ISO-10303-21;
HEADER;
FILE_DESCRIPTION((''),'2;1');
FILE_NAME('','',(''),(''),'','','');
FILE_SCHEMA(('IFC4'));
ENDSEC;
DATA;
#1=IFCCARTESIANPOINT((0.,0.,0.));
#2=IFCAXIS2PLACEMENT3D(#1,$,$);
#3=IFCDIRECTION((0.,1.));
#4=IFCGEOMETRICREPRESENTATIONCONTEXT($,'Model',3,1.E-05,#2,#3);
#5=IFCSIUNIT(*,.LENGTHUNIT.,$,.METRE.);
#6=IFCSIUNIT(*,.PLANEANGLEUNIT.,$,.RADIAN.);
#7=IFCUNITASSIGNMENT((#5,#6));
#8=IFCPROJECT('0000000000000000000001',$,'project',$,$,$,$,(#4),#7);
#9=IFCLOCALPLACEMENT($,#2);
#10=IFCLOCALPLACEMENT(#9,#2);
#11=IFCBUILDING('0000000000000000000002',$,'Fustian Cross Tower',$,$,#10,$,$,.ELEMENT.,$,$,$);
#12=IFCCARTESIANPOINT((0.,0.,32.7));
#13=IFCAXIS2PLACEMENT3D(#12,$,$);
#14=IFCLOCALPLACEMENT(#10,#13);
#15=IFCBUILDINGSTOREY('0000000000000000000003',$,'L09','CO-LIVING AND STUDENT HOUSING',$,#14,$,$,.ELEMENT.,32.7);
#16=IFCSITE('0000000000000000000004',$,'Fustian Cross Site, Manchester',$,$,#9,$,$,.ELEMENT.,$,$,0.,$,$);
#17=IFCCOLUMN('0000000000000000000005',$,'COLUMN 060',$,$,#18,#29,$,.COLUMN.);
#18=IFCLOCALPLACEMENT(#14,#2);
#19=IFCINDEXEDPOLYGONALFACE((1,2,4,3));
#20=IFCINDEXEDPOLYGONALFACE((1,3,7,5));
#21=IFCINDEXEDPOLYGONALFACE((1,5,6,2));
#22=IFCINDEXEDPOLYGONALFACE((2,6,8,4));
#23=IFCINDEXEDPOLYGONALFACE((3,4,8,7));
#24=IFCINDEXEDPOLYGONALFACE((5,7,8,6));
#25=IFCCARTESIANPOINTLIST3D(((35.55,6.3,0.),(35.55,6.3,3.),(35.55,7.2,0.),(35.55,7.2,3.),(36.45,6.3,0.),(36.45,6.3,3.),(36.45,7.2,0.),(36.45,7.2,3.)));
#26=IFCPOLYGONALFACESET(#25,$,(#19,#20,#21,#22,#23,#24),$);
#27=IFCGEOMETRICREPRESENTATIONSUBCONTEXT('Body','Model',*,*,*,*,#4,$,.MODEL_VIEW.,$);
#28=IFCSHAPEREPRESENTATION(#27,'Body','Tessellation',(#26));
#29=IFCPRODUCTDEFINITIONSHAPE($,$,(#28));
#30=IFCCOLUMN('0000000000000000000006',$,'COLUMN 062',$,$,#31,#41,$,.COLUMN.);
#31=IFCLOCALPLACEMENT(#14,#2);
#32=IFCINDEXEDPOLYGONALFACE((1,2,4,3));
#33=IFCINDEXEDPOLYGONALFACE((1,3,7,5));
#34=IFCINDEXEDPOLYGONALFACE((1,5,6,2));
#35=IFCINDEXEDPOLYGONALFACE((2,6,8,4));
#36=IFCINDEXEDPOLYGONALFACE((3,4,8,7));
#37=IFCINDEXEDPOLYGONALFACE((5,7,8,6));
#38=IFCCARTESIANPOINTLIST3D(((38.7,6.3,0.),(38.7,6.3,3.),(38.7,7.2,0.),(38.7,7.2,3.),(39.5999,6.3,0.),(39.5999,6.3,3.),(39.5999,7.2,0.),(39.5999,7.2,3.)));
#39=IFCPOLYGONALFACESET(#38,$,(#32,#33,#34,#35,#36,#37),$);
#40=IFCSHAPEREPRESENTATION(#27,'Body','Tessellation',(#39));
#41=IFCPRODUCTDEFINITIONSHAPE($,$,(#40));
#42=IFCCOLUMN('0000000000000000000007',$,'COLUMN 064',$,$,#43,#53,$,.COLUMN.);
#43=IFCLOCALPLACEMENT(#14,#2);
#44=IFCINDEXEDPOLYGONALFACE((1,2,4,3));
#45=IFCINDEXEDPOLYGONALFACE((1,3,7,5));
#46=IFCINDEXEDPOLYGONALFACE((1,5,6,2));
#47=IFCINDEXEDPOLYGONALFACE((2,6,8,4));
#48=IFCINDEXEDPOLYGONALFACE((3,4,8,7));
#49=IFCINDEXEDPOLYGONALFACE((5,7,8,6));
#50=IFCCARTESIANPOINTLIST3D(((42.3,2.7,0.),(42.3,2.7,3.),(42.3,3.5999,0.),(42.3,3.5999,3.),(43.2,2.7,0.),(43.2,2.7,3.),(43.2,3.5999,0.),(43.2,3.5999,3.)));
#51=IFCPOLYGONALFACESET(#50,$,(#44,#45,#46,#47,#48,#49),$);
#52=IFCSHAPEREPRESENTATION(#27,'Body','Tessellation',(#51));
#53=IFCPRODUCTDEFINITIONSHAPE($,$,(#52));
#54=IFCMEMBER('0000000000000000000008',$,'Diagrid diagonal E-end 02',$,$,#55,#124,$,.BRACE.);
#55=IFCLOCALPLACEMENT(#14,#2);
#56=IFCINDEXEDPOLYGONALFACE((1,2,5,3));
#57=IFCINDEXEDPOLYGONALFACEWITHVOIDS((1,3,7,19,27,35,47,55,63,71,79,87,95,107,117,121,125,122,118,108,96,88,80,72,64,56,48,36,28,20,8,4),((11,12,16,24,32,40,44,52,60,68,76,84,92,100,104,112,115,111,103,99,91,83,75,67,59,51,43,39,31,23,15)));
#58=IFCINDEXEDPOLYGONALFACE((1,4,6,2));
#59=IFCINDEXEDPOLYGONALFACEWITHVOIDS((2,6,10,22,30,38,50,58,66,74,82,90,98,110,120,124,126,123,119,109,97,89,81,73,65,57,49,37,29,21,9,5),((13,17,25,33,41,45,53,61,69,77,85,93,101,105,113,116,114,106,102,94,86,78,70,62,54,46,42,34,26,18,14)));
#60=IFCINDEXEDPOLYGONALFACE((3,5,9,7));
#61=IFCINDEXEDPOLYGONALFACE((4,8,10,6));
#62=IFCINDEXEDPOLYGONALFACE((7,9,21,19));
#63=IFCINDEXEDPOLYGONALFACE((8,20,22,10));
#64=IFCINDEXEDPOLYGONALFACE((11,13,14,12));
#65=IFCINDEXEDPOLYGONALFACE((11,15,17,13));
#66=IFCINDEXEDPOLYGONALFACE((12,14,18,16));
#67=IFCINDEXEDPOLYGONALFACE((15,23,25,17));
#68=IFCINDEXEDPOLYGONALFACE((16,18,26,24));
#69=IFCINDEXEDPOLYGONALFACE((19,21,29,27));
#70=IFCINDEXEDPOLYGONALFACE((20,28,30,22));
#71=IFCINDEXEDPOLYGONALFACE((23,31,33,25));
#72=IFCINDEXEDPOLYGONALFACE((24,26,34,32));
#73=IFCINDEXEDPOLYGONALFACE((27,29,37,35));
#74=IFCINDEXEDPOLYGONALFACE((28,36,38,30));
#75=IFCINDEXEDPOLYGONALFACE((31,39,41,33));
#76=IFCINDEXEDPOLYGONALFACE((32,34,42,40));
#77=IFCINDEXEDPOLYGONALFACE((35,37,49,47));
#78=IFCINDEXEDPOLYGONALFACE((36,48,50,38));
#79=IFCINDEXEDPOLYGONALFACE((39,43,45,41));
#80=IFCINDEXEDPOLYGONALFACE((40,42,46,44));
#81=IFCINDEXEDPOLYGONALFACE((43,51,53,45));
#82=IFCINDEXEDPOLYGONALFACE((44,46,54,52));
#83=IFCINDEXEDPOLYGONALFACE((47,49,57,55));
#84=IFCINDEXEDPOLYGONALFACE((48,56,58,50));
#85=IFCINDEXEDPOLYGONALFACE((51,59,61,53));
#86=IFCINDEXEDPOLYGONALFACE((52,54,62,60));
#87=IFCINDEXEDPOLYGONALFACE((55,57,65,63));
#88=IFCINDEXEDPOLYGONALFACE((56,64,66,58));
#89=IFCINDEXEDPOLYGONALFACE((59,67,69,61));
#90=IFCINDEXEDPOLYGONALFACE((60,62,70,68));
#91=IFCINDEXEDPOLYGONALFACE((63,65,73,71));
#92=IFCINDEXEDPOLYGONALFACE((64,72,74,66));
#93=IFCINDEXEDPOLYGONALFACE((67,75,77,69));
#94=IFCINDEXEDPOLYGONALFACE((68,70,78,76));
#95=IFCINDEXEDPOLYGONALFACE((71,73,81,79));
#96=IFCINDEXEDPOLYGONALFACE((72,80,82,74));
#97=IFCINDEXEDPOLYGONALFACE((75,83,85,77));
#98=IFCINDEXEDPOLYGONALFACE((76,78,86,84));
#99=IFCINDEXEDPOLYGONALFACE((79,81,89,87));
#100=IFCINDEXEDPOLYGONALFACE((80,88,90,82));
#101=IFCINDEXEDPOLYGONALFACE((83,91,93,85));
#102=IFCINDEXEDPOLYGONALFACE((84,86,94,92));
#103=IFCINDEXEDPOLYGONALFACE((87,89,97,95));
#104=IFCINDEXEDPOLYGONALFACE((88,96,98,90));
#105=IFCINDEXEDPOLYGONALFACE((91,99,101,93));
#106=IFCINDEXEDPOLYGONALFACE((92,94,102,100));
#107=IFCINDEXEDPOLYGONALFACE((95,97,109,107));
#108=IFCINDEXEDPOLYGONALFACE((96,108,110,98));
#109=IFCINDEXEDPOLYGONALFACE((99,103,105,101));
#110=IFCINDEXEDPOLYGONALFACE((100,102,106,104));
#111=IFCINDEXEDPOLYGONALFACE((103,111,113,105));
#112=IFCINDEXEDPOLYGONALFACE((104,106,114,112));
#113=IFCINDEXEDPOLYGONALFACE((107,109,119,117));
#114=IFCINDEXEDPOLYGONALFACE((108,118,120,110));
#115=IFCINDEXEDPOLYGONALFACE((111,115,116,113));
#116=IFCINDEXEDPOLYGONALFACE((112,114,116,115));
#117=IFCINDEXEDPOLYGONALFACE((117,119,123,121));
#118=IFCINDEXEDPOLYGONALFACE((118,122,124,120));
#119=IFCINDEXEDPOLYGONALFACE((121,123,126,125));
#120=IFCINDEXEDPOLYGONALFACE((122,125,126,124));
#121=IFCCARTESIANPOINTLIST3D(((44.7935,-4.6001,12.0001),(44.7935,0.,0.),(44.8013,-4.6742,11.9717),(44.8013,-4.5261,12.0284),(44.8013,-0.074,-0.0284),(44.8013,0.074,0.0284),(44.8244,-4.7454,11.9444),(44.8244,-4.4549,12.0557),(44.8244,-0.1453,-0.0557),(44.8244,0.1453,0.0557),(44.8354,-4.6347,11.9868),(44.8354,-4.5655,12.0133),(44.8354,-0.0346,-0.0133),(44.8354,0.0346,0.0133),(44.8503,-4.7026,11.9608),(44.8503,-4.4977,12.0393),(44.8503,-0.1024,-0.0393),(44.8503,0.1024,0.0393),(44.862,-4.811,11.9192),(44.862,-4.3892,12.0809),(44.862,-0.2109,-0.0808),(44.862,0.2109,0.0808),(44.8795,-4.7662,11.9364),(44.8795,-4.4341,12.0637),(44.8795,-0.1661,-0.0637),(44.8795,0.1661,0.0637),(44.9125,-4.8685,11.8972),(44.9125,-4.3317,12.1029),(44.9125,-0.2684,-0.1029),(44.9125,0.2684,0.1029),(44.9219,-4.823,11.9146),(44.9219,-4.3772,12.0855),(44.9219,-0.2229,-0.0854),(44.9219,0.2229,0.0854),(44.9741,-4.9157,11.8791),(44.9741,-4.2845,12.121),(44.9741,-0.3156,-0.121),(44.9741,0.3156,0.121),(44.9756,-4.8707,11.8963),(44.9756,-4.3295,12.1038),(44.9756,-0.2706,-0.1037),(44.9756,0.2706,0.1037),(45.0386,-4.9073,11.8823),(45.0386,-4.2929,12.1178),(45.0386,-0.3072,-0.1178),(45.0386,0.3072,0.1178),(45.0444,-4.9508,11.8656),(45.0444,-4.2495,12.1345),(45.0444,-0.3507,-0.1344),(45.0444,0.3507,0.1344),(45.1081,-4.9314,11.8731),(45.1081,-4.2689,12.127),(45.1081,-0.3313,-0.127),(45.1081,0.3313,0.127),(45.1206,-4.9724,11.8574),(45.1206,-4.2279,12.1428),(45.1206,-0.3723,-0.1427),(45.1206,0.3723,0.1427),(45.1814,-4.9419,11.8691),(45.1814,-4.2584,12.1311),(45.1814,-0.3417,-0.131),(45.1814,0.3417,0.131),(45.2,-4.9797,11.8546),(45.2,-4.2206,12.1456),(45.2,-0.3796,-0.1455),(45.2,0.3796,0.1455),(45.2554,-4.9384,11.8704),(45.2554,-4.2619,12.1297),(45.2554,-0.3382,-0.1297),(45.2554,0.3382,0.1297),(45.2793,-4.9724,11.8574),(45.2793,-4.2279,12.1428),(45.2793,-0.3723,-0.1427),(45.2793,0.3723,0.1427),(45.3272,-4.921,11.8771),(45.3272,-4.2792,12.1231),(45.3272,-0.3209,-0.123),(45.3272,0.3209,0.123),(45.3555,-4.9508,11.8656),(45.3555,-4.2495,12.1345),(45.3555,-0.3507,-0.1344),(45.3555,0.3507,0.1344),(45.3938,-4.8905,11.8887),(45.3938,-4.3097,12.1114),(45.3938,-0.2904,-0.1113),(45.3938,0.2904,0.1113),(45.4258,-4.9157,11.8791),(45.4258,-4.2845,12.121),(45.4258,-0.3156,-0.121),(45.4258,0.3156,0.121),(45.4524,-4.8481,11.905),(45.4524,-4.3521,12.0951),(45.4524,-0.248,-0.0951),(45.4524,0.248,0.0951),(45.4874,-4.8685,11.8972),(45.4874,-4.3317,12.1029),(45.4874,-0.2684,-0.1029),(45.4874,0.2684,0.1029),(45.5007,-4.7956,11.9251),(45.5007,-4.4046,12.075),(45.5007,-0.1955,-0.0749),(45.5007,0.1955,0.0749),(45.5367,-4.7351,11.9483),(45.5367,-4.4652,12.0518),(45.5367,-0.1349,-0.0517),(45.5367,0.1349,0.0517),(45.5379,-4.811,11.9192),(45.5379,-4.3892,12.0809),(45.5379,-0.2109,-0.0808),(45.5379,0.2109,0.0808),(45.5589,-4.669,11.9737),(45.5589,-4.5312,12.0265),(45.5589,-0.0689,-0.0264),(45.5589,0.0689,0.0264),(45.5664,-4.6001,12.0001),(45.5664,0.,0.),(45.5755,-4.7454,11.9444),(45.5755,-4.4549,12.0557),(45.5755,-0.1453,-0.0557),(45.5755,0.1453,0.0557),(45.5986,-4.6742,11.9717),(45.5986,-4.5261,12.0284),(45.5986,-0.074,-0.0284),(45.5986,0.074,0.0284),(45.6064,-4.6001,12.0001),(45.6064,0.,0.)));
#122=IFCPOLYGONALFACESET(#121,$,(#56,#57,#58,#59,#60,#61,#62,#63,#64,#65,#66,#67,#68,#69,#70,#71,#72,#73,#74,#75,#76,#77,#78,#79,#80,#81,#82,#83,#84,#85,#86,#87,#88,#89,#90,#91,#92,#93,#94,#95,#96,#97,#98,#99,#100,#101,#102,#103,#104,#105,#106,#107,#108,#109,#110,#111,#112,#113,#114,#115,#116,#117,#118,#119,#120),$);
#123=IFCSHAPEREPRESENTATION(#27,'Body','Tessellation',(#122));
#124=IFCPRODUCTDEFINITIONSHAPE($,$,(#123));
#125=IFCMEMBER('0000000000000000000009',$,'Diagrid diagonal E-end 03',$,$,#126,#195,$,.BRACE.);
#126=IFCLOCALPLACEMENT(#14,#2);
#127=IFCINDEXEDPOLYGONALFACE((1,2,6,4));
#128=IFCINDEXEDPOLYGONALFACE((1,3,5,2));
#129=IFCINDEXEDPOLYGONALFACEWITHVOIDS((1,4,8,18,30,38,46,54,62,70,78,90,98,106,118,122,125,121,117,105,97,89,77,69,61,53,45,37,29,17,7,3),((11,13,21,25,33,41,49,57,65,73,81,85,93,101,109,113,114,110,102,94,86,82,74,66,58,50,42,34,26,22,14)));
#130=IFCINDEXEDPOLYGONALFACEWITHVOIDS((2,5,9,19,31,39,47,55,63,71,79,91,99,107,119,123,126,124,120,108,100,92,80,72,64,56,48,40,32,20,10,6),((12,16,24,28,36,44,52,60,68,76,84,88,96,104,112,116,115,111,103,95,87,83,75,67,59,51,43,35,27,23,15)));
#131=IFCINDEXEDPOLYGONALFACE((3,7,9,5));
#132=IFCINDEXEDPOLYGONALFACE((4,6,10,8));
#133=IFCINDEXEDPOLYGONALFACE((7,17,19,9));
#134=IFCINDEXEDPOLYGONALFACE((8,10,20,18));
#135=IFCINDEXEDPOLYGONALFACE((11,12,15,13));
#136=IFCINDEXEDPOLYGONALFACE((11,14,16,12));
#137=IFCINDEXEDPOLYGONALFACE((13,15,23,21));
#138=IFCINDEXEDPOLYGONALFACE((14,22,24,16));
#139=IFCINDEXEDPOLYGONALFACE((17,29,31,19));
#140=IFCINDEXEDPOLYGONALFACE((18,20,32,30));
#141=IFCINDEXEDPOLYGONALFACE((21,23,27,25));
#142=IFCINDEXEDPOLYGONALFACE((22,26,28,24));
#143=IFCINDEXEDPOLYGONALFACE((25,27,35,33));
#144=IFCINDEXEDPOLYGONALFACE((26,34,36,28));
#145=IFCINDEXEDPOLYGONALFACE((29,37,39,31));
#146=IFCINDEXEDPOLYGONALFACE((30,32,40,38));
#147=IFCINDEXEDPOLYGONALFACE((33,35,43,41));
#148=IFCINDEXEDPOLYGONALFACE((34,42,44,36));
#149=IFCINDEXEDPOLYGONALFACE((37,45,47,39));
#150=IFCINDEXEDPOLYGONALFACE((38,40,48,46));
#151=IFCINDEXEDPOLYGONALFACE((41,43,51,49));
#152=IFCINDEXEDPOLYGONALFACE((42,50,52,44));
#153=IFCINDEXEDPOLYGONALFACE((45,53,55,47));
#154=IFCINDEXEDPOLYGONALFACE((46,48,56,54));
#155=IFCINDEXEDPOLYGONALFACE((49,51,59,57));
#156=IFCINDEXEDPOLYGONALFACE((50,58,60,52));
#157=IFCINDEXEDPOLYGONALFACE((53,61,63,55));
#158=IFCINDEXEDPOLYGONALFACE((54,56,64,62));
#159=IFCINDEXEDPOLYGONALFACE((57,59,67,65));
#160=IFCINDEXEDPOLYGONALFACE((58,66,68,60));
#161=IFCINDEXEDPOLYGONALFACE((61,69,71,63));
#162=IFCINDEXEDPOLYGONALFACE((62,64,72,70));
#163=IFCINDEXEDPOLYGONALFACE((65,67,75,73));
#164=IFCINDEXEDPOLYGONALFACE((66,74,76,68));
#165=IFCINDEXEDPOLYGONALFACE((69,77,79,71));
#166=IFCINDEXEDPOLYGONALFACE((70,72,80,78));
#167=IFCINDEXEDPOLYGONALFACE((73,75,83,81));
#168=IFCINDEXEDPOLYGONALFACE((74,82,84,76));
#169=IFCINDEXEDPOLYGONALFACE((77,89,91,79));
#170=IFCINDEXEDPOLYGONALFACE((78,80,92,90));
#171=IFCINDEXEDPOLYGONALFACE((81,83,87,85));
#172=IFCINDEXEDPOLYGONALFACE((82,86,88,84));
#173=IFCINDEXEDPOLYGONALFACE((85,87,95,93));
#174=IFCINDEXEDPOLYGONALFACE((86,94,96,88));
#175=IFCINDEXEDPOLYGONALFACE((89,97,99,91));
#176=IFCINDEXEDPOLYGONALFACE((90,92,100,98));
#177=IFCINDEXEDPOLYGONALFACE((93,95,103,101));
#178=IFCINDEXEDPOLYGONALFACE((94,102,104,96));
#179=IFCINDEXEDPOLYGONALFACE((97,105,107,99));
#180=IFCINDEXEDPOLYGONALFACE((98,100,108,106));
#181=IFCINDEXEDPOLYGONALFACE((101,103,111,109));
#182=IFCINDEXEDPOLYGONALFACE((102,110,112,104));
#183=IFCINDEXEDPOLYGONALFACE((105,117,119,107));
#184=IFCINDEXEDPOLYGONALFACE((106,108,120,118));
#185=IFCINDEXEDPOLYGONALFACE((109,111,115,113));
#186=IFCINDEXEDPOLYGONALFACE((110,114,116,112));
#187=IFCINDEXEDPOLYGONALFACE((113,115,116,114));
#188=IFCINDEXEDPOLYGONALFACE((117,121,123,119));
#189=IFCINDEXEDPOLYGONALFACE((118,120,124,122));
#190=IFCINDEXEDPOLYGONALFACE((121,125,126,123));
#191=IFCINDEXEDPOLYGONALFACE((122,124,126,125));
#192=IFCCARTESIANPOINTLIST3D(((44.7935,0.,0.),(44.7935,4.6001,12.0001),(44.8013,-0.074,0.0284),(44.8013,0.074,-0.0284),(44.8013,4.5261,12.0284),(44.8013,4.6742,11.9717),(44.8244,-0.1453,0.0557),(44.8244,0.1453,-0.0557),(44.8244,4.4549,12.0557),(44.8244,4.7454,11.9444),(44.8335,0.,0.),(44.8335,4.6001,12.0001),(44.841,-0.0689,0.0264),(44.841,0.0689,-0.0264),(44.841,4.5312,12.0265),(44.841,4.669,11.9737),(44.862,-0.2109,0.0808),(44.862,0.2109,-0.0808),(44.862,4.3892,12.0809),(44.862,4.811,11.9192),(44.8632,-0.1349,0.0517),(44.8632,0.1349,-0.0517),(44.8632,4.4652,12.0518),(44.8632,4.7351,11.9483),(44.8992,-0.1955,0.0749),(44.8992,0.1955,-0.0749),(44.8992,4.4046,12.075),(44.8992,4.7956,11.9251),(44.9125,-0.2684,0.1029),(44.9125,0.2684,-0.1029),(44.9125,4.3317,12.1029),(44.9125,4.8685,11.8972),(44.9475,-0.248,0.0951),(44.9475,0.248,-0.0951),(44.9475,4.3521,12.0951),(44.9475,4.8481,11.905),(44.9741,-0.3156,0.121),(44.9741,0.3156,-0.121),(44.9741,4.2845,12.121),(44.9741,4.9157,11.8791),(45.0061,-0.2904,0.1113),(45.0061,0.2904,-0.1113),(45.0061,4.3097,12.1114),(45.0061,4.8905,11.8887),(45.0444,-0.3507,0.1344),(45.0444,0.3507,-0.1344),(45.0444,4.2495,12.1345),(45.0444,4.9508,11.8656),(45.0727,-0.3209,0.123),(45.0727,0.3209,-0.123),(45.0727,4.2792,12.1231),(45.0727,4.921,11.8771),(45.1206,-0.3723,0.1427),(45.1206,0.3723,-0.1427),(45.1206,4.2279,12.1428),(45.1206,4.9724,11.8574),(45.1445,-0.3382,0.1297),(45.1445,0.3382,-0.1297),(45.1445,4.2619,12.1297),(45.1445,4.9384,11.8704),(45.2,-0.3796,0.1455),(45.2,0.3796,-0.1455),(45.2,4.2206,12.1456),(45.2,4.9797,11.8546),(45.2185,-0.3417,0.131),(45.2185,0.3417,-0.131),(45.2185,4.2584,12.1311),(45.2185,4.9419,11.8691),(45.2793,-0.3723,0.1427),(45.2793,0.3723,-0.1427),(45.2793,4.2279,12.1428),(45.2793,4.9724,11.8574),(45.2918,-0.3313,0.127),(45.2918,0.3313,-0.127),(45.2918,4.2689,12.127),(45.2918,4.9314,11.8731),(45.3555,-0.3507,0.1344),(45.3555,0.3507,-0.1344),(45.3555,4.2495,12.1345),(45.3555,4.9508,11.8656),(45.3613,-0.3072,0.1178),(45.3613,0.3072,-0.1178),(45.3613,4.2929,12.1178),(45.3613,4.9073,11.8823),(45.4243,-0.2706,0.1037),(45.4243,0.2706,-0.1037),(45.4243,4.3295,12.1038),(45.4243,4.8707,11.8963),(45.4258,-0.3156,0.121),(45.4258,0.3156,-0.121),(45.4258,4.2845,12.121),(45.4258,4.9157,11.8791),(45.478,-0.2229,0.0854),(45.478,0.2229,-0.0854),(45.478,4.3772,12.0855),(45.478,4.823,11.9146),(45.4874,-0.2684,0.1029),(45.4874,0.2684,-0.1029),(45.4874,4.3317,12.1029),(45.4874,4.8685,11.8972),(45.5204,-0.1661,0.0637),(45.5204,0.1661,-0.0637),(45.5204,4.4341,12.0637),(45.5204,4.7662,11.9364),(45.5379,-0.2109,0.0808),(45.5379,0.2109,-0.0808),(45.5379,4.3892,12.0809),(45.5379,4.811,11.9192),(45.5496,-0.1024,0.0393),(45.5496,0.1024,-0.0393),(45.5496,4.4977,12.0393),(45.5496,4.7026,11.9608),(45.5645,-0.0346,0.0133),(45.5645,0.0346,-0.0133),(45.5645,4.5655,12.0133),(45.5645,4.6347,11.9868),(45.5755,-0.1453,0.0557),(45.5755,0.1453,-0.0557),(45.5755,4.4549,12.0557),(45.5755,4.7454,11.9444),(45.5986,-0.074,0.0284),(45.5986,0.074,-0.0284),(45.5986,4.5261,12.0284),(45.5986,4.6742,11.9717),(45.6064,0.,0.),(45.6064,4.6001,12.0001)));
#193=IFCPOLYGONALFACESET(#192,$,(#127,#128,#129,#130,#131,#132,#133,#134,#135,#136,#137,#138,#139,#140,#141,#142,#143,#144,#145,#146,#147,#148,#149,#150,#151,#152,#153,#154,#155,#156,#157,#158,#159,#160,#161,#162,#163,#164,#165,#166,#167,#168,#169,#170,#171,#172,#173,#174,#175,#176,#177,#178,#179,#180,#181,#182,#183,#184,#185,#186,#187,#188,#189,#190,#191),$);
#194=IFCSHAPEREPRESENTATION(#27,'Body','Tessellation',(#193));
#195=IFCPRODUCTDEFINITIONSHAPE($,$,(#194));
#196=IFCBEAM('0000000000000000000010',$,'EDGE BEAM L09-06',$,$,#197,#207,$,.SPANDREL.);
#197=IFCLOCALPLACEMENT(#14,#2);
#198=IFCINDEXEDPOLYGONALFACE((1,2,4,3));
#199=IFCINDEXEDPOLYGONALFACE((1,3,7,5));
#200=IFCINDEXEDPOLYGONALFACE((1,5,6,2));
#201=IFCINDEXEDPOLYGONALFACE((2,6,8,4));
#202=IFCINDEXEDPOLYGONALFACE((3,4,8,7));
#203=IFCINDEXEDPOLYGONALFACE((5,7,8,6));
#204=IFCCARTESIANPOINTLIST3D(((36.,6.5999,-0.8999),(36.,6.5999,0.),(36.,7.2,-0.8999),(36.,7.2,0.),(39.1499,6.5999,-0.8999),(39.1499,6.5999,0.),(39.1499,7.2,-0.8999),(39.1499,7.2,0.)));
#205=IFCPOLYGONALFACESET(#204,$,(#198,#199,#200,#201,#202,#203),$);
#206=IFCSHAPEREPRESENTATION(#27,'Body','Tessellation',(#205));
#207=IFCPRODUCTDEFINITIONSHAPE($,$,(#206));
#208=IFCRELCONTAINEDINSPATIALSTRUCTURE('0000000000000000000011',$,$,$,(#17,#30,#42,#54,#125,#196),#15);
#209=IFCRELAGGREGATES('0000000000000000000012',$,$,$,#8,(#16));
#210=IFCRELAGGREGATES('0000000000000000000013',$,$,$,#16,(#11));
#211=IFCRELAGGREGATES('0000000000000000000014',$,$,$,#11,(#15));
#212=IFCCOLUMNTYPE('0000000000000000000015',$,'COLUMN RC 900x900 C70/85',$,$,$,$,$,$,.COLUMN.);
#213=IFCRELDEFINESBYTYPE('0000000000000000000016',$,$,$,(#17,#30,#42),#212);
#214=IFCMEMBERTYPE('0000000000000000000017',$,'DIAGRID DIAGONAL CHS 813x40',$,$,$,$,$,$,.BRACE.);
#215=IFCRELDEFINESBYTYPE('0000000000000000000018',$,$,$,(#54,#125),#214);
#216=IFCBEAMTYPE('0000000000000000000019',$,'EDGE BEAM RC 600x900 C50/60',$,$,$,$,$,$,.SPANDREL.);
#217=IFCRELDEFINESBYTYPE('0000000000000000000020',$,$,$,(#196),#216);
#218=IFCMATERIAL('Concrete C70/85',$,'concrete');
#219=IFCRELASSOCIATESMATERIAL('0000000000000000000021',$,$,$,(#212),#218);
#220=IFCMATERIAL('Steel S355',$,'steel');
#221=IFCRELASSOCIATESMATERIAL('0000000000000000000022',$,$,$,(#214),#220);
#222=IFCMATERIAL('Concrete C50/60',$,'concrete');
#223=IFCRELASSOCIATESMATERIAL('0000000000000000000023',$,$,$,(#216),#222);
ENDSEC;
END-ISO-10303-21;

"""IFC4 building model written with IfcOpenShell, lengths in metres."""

from ifc_helpers import new_model, si_unit, direction, frame, origin, origin_2d, place, context, subcontext, project, spatial, rectangle, hollow_circle, extrude, material, material_profile, profile_set, type_object, element, save


model = new_model("IFC4")

# Units and contexts
model_context = context("Model", 3, precision=1e-05, world=origin(), true_north=direction((0.0, 1.0)))
body_context = subcontext(model_context, "Body", "Model", "MODEL_VIEW")
ifc_project = project(units=[si_unit("LENGTHUNIT", "METRE"), si_unit("PLANEANGLEUNIT", "RADIAN")], contexts=[model_context])

# Site, building, storey
site_placement = place(None, origin())
site = spatial("IfcSite", under=ifc_project, at=site_placement, Name="Fustian Cross Site, Manchester", CompositionType="ELEMENT", RefElevation=0.0)
building_placement = place(site_placement, origin())
building = spatial("IfcBuilding", under=site, at=building_placement, Name="Fustian Cross Tower", CompositionType="ELEMENT")
storey_placement = place(building_placement, frame((0.0, 0.0, 32.7)))
storey = spatial("IfcBuildingStorey", under=building, at=storey_placement, Name="L09", Description="CO-LIVING AND STUDENT HOUSING", CompositionType="ELEMENT", Elevation=32.7)

# Columns
ifc_material_1 = material(Name="Concrete C70/85", Category="concrete")
ifc_material_profile_1 = material_profile(ifc_material_1, rectangle(XDim=0.8999, YDim=0.8999, at=origin_2d()), Name="RC 900x900")
ifc_profile_set_1 = profile_set([ifc_material_profile_1], Name="Concrete C70/85")
column_type = type_object("IfcColumnType", Name="COLUMN RC 900x900 C70/85", PredefinedType="COLUMN", material=ifc_profile_set_1)
for number, where, z_axis, x_axis, name in (
    (1, (36.0, 6.75, 0.0), (0.0, 0.0, 1.0), (1.0, 0.0, 0.0), "COLUMN 060"),
    (2, (39.1499, 6.75, 0.0), (0.0, 0.0, 1.0), (1.0, 0.0, 0.0), "COLUMN 062"),
    (3, (42.75, 3.1499, 0.0), (0.0, 0.0, 1.0), (1.0, 0.0, 0.0), "COLUMN 064"),
):
    element("IfcColumn", number, at=place(storey_placement, frame(where, z_axis=z_axis, x_axis=x_axis)), inside=storey, type_object=column_type, Name=name, PredefinedType="COLUMN", context=body_context, shape_type="SweptSolid", body=[
        extrude(rectangle(XDim=0.8999, YDim=0.8999, at=origin_2d()), origin(), (0.0, 0.0, 1.0), 3.0),
    ])

# Members
ifc_material_2 = material(Name="Steel S355", Category="steel")
ifc_material_profile_2 = material_profile(ifc_material_2, hollow_circle(Radius=0.4065, WallThickness=0.04, at=origin_2d()), Name="CHS 813x40")
ifc_profile_set_2 = profile_set([ifc_material_profile_2], Name="Steel S355")
member_type = type_object("IfcMemberType", Name="DIAGRID DIAGONAL CHS 813x40", PredefinedType="BRACE", material=ifc_profile_set_2)
for number, where, z_axis, x_axis, name in (
    (4, (45.2, 0.0, 0.0), (0.0, -0.357943, 0.933744), (1.0, 0.0, 0.0), "Diagrid diagonal E-end 02"),
    (5, (45.2, 0.0, 0.0), (0.0, 0.357943, 0.933744), (-1.0, 0.0, 0.0), "Diagrid diagonal E-end 03"),
):
    element("IfcMember", number, at=place(storey_placement, frame(where, z_axis=z_axis, x_axis=x_axis)), inside=storey, type_object=member_type, Name=name, PredefinedType="BRACE", context=body_context, shape_type="SweptSolid", body=[
        extrude(hollow_circle(Radius=0.4065, WallThickness=0.04, at=origin_2d()), origin(), (0.0, 0.0, 1.0), 12.8516),
    ])

# Beam
ifc_material_3 = material(Name="Concrete C50/60", Category="concrete")
ifc_material_profile_3 = material_profile(ifc_material_3, rectangle(XDim=0.6001, YDim=0.8999, at=origin_2d()), Name="RC 600x900")
ifc_profile_set_3 = profile_set([ifc_material_profile_3], Name="Concrete C50/60")
beam_type = type_object("IfcBeamType", Name="EDGE BEAM RC 600x900 C50/60", PredefinedType="SPANDREL", material=ifc_profile_set_3)
beam_1_placement = place(storey_placement, frame((39.1499, 6.8999, -0.45), z_axis=(-1.0, 0.0, 0.0), x_axis=(0.0, -1.0, 0.0)))
element("IfcBeam", 6, at=beam_1_placement, inside=storey, type_object=beam_type, Name="EDGE BEAM L09-06", PredefinedType="SPANDREL", context=body_context, shape_type="SweptSolid", body=[
    extrude(rectangle(XDim=0.6001, YDim=0.8999, at=origin_2d()), origin(), (0.0, 0.0, 1.0), 3.1499),
])

save(model, "model.ifc")
